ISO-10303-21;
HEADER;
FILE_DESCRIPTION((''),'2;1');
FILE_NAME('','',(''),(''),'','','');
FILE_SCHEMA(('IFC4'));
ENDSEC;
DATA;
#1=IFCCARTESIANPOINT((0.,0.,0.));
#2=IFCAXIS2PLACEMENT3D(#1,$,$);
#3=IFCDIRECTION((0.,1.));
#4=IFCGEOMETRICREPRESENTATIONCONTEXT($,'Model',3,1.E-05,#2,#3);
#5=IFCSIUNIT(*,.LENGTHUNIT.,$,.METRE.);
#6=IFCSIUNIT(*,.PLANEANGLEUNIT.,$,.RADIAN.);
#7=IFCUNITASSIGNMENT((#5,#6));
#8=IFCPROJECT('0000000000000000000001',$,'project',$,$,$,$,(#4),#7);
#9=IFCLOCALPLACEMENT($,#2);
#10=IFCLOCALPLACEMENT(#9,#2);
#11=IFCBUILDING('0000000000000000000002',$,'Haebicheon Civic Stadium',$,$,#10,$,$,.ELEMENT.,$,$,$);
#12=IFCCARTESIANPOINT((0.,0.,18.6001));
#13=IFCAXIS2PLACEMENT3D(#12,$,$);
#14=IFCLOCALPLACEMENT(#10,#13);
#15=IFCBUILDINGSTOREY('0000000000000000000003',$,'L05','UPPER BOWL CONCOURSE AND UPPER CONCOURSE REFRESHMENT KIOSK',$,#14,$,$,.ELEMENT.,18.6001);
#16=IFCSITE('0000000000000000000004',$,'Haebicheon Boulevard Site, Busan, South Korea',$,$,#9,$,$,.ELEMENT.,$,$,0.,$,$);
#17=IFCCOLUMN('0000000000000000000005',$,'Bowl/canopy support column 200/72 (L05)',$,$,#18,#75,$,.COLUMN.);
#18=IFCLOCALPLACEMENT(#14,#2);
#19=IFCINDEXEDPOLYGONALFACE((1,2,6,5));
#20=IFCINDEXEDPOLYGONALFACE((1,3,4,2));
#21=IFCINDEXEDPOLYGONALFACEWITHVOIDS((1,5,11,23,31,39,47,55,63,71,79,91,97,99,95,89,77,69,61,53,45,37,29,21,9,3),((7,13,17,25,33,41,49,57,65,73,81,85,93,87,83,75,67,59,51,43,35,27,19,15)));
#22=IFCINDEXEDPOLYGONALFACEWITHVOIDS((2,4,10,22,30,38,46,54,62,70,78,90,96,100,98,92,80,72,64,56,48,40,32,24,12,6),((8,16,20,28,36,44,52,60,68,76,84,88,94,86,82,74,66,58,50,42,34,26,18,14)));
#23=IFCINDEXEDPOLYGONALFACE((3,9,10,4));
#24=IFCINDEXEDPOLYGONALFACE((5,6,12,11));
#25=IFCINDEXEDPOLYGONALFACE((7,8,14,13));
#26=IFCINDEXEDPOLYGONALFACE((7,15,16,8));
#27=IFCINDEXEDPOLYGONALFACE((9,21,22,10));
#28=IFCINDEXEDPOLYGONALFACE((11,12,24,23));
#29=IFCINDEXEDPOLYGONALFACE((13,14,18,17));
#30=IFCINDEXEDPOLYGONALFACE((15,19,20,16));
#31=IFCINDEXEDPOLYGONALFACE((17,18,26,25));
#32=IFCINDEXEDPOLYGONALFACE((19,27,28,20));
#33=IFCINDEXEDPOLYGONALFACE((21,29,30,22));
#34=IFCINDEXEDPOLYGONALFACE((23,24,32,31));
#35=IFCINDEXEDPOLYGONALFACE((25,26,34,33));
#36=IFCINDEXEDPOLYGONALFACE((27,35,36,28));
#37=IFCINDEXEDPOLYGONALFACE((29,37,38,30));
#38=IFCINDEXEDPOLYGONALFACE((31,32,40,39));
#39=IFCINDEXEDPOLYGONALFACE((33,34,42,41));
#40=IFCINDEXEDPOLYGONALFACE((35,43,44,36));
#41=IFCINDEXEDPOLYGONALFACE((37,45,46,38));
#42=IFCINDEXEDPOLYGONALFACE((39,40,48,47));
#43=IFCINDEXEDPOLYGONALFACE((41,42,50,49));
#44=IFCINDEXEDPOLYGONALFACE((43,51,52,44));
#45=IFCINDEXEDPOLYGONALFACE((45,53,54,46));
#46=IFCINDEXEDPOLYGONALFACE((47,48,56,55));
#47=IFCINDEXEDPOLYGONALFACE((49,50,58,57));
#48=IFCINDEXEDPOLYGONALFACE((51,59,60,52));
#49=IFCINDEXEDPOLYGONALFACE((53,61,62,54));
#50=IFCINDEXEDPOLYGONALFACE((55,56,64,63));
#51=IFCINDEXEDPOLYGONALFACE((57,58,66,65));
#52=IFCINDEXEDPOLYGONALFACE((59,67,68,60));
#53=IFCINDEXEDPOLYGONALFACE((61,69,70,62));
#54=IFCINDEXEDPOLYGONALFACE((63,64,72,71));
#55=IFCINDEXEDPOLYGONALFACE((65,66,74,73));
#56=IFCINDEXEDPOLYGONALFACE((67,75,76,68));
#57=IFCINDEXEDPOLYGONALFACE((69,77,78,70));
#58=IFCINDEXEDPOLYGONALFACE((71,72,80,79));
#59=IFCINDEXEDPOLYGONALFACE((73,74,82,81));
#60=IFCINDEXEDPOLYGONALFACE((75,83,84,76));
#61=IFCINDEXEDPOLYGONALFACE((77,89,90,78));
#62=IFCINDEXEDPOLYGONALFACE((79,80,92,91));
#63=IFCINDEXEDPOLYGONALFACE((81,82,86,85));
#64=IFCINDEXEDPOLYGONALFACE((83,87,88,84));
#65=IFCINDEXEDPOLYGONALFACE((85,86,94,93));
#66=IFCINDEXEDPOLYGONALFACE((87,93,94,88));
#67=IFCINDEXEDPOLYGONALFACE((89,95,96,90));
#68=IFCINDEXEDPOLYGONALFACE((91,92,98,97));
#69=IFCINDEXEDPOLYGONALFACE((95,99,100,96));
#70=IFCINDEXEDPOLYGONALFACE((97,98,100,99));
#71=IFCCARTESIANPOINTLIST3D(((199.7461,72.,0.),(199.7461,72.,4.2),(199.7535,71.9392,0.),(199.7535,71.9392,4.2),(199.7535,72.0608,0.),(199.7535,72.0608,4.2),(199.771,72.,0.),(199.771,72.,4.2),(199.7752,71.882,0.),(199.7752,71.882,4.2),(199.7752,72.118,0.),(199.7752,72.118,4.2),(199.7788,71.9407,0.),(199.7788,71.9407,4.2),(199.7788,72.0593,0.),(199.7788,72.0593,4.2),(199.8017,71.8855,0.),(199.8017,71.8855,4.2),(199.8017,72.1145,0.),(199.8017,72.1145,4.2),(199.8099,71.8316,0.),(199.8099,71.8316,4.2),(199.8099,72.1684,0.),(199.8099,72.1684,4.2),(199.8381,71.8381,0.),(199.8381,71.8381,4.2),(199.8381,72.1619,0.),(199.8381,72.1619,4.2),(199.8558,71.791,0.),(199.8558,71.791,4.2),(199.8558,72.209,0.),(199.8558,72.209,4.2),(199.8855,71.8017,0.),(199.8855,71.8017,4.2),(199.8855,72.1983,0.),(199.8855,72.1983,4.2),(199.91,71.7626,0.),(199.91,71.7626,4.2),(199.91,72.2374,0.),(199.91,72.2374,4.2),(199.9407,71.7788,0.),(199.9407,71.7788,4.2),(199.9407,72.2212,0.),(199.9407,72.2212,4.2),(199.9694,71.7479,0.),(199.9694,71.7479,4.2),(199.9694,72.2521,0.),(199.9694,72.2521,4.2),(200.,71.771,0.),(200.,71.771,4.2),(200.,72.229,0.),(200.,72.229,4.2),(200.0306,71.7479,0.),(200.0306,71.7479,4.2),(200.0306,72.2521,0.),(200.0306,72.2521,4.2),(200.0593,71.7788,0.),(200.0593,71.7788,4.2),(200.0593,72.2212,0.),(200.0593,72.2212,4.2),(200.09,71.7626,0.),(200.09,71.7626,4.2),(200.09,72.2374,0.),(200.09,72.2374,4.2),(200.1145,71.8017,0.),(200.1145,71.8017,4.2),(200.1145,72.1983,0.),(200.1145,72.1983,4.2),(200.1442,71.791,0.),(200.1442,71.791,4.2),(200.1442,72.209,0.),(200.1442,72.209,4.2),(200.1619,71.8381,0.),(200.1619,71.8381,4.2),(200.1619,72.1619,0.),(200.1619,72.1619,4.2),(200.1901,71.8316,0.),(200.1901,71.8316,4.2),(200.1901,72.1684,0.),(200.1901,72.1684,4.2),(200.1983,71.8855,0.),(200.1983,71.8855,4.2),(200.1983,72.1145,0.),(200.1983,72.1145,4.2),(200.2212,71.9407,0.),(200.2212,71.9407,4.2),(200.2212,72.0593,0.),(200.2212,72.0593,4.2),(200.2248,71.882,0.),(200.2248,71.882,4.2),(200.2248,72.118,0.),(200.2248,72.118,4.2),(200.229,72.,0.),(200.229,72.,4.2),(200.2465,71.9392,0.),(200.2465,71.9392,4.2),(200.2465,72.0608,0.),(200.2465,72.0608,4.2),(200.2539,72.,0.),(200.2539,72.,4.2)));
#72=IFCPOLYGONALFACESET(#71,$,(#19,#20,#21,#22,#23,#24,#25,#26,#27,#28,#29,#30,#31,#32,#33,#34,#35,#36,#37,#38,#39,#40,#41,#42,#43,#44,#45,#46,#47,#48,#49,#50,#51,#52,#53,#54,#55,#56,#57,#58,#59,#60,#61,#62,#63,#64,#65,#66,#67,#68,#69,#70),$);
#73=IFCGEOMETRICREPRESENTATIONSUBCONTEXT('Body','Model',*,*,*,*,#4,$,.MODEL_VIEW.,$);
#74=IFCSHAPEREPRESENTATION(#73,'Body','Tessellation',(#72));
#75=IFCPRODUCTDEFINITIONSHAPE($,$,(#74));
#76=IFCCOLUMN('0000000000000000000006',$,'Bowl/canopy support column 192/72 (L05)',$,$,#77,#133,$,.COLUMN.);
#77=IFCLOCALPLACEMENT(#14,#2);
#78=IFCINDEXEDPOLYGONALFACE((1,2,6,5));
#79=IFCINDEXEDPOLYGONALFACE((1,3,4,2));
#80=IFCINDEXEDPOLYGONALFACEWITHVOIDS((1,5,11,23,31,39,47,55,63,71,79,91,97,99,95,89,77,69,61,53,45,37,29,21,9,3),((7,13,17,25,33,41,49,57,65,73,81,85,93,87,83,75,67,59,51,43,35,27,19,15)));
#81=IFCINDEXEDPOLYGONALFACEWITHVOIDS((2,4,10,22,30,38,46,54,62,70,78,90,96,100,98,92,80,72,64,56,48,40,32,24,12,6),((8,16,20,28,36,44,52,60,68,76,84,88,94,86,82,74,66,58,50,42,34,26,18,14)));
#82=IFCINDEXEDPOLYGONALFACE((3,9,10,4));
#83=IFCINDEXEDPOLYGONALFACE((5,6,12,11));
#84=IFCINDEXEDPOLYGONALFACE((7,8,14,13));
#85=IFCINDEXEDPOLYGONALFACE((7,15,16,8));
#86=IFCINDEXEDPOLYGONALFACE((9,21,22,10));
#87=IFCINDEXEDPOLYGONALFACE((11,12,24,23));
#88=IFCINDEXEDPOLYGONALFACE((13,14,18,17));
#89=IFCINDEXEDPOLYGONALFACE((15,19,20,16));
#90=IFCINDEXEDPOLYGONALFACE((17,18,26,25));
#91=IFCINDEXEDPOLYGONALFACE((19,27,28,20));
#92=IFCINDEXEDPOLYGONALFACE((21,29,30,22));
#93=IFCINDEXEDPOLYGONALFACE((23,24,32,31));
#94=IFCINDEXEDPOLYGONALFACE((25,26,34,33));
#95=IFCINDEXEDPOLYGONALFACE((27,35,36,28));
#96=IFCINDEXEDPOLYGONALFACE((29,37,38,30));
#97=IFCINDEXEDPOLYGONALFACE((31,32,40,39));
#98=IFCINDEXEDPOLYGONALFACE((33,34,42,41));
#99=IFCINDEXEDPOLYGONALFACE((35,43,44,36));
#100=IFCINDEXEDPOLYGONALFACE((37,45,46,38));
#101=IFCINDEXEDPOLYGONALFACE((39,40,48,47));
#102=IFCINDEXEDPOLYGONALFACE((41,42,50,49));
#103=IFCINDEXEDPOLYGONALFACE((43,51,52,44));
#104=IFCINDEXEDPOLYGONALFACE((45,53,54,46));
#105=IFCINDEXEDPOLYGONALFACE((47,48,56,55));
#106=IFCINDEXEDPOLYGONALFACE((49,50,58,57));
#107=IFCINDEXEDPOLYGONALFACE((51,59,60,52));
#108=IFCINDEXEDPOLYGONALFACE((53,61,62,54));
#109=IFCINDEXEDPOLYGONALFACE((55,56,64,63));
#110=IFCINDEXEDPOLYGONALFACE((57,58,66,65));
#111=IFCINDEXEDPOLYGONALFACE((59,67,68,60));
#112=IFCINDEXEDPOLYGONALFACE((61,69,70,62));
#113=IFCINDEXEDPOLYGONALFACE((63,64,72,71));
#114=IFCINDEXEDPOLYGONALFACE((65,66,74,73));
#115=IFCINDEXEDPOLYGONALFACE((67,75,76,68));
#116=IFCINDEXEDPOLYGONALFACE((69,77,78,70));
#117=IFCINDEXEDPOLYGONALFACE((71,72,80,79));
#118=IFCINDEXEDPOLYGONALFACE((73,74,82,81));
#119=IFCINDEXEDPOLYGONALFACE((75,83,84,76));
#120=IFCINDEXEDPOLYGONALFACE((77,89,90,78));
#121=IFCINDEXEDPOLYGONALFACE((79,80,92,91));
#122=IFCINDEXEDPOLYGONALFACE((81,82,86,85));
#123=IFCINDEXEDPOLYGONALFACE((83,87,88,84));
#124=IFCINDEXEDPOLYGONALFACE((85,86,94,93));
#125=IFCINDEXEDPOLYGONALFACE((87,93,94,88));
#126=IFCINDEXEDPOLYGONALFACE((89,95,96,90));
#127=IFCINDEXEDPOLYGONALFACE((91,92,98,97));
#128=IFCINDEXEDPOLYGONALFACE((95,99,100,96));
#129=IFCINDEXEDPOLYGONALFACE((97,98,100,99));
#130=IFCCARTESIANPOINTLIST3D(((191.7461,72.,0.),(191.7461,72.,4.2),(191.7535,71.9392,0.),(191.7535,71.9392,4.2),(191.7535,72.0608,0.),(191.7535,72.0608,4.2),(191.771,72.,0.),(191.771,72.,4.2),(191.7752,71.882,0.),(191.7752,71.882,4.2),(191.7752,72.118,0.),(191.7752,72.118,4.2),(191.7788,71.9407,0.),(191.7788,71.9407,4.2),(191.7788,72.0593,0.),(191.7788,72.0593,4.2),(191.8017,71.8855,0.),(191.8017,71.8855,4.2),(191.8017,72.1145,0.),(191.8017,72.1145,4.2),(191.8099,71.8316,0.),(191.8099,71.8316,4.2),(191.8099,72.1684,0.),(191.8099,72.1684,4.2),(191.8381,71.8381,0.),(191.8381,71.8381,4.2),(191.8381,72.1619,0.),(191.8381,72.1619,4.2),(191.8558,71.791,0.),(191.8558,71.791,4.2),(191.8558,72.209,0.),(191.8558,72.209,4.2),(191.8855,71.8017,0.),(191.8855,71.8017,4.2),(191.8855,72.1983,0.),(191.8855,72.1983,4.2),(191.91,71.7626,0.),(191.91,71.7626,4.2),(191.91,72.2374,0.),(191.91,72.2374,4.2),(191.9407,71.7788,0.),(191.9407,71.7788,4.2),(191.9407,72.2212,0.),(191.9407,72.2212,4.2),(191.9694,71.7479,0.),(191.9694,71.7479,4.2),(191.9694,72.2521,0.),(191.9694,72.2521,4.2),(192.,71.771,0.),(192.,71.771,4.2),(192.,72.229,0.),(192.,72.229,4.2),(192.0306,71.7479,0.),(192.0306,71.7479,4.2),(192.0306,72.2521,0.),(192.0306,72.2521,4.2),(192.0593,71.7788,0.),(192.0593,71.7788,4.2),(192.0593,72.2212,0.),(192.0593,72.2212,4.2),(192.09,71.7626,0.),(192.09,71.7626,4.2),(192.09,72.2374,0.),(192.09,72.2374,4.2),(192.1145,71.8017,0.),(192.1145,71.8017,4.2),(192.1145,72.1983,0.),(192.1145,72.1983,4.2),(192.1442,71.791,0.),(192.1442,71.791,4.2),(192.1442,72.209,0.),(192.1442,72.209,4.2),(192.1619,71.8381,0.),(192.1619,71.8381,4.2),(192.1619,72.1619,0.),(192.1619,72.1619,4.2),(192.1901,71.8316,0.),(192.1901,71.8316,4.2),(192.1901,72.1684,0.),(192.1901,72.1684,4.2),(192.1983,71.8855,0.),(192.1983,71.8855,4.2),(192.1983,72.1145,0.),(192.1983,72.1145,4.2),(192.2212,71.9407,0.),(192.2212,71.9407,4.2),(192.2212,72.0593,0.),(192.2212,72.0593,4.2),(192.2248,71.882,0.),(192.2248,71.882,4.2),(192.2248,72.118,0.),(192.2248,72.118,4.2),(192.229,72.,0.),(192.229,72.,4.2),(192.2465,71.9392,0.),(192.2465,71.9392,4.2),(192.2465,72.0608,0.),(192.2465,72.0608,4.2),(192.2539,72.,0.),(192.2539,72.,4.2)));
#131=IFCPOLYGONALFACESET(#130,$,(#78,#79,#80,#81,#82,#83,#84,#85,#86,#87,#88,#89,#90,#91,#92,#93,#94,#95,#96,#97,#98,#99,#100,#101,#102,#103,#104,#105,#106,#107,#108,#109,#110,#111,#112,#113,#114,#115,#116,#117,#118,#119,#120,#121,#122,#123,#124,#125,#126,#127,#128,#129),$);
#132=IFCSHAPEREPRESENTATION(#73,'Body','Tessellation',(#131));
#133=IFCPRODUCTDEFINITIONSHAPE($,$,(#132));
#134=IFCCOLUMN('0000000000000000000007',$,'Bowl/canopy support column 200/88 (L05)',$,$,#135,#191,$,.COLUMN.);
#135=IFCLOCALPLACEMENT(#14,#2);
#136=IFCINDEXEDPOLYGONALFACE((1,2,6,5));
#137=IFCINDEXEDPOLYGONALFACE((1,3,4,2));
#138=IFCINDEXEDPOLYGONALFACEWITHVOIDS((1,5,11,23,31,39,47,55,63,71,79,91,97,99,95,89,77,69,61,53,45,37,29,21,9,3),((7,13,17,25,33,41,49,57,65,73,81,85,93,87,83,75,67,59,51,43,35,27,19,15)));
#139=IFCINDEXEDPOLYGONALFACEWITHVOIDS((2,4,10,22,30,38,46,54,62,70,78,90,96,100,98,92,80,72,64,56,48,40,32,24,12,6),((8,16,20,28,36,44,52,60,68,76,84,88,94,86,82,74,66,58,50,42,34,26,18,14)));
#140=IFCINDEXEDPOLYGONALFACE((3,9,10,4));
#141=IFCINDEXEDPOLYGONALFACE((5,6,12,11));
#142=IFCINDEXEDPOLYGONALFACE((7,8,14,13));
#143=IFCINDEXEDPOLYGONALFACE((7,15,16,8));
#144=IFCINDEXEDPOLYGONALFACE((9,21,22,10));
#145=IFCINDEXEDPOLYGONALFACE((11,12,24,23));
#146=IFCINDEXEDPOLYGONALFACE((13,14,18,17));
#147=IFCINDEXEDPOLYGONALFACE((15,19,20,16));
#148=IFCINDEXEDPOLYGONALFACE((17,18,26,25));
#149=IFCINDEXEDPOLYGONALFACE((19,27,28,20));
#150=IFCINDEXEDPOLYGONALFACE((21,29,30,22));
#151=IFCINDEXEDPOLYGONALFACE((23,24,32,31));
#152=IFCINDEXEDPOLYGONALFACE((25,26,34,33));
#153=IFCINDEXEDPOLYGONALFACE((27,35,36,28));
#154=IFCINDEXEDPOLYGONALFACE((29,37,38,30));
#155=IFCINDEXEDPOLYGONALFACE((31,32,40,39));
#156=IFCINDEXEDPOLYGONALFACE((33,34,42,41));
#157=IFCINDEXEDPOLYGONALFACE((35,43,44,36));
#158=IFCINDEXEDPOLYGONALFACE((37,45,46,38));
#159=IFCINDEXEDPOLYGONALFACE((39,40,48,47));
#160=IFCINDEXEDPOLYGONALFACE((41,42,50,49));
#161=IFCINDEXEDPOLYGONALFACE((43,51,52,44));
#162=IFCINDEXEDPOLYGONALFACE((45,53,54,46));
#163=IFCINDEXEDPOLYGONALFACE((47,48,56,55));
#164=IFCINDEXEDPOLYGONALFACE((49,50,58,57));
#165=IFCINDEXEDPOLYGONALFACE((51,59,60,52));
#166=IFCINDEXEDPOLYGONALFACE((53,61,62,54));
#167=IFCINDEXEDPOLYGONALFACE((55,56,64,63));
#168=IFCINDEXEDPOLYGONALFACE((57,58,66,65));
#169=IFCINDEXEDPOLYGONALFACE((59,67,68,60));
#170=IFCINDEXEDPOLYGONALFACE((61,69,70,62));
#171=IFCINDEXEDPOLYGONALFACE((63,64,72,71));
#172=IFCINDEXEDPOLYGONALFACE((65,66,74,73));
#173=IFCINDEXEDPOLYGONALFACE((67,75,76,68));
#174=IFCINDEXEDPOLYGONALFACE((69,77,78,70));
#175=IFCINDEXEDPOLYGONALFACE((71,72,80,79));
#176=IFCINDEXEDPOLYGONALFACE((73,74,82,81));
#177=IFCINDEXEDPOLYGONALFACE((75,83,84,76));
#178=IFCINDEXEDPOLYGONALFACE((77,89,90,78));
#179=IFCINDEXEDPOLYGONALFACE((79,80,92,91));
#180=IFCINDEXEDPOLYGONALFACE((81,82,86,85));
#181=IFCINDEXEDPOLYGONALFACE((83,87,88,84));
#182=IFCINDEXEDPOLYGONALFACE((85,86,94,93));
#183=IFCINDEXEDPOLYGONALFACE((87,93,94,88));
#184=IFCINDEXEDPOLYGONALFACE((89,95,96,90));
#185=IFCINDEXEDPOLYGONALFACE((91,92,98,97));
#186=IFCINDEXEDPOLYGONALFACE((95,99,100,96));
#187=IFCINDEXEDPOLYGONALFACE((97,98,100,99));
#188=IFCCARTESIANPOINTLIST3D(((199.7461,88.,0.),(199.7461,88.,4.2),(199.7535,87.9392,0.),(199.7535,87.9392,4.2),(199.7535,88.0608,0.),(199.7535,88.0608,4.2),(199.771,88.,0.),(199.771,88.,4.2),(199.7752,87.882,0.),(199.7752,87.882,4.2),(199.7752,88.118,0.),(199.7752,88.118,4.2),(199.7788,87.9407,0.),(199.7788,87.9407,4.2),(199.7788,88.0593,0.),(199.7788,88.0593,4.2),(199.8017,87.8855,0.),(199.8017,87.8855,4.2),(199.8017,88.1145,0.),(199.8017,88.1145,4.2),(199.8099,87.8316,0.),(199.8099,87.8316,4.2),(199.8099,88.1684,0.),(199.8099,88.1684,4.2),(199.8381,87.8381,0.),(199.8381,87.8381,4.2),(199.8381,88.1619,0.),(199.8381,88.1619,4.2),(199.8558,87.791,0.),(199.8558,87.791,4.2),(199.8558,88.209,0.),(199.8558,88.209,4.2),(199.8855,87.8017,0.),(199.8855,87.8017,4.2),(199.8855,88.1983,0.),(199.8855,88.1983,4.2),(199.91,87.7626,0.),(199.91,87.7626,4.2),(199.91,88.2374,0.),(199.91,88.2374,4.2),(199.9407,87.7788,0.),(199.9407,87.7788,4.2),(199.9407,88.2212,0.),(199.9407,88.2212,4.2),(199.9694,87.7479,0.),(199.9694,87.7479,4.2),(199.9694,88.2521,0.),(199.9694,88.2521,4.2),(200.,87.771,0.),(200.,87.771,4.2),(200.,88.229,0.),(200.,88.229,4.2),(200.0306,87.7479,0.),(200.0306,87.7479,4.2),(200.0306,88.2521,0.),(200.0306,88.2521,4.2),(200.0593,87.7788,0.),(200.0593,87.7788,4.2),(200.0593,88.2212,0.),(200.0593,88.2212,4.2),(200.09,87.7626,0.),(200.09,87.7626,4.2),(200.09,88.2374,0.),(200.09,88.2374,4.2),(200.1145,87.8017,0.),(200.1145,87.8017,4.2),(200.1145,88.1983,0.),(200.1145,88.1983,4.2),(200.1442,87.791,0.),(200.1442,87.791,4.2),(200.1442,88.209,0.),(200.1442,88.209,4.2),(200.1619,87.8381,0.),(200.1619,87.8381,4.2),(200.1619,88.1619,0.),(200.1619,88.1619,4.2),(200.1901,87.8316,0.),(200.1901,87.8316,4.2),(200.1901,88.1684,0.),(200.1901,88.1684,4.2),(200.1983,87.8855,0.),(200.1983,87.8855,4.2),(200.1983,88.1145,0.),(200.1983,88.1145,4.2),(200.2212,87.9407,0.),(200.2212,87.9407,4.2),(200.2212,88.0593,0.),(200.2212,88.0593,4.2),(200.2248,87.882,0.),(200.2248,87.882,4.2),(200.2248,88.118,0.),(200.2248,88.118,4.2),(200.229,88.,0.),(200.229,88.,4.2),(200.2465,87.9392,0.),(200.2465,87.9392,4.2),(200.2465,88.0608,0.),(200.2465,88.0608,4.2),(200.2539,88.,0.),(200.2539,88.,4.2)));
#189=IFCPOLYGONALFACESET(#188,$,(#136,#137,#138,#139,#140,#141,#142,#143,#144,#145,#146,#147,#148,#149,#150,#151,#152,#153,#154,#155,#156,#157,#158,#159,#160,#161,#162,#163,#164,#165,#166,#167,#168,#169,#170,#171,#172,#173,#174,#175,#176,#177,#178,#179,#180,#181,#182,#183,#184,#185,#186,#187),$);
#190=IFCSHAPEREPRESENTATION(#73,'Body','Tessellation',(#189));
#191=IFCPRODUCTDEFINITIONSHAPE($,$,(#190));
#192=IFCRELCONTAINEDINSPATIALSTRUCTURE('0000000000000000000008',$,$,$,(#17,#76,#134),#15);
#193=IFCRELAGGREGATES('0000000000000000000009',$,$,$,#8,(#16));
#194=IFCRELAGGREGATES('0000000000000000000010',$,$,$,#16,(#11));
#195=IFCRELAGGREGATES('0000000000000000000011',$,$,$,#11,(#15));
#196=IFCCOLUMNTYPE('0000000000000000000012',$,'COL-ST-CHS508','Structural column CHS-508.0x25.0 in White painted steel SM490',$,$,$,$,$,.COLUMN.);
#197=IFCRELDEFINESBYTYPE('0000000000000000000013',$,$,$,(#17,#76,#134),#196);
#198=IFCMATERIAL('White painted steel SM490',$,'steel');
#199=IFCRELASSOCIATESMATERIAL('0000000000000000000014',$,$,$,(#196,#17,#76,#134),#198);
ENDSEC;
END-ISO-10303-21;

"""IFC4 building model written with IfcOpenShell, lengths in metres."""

from ifc_helpers import new_model, si_unit, direction, frame, origin, origin_2d, place, context, subcontext, project, spatial, hollow_circle, extrude, material, material_profile, profile_set, type_object, element, save


model = new_model("IFC4")

# Units and contexts
model_context = context("Model", 3, precision=1e-05, world=origin(), true_north=direction((0.0, 1.0)))
body_context = subcontext(model_context, "Body", "Model", "MODEL_VIEW")
ifc_project = project(units=[si_unit("LENGTHUNIT", "METRE"), si_unit("PLANEANGLEUNIT", "RADIAN")], contexts=[model_context])

# Site, building, storey
site_placement = place(None, origin())
site = spatial("IfcSite", under=ifc_project, at=site_placement, Name="Haebicheon Boulevard Site, Busan, South Korea", CompositionType="ELEMENT", RefElevation=0.0)
building_placement = place(site_placement, origin())
building = spatial("IfcBuilding", under=site, at=building_placement, Name="Haebicheon Civic Stadium", CompositionType="ELEMENT")
storey_placement = place(building_placement, frame((0.0, 0.0, 18.6001)))
storey = spatial("IfcBuildingStorey", under=building, at=storey_placement, Name="L05", Description="UPPER BOWL CONCOURSE AND UPPER CONCOURSE REFRESHMENT KIOSK", CompositionType="ELEMENT", Elevation=18.6001)

# Columns
ifc_material_1 = material(Name="White painted steel SM490", Category="steel")
ifc_material_profile_1 = material_profile(ifc_material_1, hollow_circle(Radius=0.2539, WallThickness=0.0249, at=origin_2d()), Name="CHS-508.0x25.0")
ifc_profile_set_1 = profile_set([ifc_material_profile_1], Name="White painted steel SM490")
column_type_1 = type_object("IfcColumnType", Name="COL-ST-CHS508", Description="Structural column CHS-508.0x25.0 in White painted steel SM490", PredefinedType="COLUMN", material=ifc_profile_set_1)
for number, where, z_axis, x_axis, name in (
    (1, (200.0, 72.0, 0.0), (0.0, 0.0, 1.0), (1.0, 0.0, 0.0), "Bowl/canopy support column 200/72 (L05)"),
    (2, (192.0, 72.0, 0.0), (0.0, 0.0, 1.0), (1.0, 0.0, 0.0), "Bowl/canopy support column 192/72 (L05)"),
    (3, (200.0, 88.0, 0.0), (0.0, 0.0, 1.0), (1.0, 0.0, 0.0), "Bowl/canopy support column 200/88 (L05)"),
):
    element("IfcColumn", number, at=place(storey_placement, frame(where, z_axis=z_axis, x_axis=x_axis)), inside=storey, type_object=column_type_1, material=ifc_profile_set_1, Name=name, PredefinedType="COLUMN", context=body_context, shape_type="SweptSolid", body=[
        extrude(hollow_circle(Radius=0.2539, WallThickness=0.0249, at=origin_2d()), origin(), (0.0, 0.0, 1.0), 4.2),
    ])

save(model, "model.ifc")
